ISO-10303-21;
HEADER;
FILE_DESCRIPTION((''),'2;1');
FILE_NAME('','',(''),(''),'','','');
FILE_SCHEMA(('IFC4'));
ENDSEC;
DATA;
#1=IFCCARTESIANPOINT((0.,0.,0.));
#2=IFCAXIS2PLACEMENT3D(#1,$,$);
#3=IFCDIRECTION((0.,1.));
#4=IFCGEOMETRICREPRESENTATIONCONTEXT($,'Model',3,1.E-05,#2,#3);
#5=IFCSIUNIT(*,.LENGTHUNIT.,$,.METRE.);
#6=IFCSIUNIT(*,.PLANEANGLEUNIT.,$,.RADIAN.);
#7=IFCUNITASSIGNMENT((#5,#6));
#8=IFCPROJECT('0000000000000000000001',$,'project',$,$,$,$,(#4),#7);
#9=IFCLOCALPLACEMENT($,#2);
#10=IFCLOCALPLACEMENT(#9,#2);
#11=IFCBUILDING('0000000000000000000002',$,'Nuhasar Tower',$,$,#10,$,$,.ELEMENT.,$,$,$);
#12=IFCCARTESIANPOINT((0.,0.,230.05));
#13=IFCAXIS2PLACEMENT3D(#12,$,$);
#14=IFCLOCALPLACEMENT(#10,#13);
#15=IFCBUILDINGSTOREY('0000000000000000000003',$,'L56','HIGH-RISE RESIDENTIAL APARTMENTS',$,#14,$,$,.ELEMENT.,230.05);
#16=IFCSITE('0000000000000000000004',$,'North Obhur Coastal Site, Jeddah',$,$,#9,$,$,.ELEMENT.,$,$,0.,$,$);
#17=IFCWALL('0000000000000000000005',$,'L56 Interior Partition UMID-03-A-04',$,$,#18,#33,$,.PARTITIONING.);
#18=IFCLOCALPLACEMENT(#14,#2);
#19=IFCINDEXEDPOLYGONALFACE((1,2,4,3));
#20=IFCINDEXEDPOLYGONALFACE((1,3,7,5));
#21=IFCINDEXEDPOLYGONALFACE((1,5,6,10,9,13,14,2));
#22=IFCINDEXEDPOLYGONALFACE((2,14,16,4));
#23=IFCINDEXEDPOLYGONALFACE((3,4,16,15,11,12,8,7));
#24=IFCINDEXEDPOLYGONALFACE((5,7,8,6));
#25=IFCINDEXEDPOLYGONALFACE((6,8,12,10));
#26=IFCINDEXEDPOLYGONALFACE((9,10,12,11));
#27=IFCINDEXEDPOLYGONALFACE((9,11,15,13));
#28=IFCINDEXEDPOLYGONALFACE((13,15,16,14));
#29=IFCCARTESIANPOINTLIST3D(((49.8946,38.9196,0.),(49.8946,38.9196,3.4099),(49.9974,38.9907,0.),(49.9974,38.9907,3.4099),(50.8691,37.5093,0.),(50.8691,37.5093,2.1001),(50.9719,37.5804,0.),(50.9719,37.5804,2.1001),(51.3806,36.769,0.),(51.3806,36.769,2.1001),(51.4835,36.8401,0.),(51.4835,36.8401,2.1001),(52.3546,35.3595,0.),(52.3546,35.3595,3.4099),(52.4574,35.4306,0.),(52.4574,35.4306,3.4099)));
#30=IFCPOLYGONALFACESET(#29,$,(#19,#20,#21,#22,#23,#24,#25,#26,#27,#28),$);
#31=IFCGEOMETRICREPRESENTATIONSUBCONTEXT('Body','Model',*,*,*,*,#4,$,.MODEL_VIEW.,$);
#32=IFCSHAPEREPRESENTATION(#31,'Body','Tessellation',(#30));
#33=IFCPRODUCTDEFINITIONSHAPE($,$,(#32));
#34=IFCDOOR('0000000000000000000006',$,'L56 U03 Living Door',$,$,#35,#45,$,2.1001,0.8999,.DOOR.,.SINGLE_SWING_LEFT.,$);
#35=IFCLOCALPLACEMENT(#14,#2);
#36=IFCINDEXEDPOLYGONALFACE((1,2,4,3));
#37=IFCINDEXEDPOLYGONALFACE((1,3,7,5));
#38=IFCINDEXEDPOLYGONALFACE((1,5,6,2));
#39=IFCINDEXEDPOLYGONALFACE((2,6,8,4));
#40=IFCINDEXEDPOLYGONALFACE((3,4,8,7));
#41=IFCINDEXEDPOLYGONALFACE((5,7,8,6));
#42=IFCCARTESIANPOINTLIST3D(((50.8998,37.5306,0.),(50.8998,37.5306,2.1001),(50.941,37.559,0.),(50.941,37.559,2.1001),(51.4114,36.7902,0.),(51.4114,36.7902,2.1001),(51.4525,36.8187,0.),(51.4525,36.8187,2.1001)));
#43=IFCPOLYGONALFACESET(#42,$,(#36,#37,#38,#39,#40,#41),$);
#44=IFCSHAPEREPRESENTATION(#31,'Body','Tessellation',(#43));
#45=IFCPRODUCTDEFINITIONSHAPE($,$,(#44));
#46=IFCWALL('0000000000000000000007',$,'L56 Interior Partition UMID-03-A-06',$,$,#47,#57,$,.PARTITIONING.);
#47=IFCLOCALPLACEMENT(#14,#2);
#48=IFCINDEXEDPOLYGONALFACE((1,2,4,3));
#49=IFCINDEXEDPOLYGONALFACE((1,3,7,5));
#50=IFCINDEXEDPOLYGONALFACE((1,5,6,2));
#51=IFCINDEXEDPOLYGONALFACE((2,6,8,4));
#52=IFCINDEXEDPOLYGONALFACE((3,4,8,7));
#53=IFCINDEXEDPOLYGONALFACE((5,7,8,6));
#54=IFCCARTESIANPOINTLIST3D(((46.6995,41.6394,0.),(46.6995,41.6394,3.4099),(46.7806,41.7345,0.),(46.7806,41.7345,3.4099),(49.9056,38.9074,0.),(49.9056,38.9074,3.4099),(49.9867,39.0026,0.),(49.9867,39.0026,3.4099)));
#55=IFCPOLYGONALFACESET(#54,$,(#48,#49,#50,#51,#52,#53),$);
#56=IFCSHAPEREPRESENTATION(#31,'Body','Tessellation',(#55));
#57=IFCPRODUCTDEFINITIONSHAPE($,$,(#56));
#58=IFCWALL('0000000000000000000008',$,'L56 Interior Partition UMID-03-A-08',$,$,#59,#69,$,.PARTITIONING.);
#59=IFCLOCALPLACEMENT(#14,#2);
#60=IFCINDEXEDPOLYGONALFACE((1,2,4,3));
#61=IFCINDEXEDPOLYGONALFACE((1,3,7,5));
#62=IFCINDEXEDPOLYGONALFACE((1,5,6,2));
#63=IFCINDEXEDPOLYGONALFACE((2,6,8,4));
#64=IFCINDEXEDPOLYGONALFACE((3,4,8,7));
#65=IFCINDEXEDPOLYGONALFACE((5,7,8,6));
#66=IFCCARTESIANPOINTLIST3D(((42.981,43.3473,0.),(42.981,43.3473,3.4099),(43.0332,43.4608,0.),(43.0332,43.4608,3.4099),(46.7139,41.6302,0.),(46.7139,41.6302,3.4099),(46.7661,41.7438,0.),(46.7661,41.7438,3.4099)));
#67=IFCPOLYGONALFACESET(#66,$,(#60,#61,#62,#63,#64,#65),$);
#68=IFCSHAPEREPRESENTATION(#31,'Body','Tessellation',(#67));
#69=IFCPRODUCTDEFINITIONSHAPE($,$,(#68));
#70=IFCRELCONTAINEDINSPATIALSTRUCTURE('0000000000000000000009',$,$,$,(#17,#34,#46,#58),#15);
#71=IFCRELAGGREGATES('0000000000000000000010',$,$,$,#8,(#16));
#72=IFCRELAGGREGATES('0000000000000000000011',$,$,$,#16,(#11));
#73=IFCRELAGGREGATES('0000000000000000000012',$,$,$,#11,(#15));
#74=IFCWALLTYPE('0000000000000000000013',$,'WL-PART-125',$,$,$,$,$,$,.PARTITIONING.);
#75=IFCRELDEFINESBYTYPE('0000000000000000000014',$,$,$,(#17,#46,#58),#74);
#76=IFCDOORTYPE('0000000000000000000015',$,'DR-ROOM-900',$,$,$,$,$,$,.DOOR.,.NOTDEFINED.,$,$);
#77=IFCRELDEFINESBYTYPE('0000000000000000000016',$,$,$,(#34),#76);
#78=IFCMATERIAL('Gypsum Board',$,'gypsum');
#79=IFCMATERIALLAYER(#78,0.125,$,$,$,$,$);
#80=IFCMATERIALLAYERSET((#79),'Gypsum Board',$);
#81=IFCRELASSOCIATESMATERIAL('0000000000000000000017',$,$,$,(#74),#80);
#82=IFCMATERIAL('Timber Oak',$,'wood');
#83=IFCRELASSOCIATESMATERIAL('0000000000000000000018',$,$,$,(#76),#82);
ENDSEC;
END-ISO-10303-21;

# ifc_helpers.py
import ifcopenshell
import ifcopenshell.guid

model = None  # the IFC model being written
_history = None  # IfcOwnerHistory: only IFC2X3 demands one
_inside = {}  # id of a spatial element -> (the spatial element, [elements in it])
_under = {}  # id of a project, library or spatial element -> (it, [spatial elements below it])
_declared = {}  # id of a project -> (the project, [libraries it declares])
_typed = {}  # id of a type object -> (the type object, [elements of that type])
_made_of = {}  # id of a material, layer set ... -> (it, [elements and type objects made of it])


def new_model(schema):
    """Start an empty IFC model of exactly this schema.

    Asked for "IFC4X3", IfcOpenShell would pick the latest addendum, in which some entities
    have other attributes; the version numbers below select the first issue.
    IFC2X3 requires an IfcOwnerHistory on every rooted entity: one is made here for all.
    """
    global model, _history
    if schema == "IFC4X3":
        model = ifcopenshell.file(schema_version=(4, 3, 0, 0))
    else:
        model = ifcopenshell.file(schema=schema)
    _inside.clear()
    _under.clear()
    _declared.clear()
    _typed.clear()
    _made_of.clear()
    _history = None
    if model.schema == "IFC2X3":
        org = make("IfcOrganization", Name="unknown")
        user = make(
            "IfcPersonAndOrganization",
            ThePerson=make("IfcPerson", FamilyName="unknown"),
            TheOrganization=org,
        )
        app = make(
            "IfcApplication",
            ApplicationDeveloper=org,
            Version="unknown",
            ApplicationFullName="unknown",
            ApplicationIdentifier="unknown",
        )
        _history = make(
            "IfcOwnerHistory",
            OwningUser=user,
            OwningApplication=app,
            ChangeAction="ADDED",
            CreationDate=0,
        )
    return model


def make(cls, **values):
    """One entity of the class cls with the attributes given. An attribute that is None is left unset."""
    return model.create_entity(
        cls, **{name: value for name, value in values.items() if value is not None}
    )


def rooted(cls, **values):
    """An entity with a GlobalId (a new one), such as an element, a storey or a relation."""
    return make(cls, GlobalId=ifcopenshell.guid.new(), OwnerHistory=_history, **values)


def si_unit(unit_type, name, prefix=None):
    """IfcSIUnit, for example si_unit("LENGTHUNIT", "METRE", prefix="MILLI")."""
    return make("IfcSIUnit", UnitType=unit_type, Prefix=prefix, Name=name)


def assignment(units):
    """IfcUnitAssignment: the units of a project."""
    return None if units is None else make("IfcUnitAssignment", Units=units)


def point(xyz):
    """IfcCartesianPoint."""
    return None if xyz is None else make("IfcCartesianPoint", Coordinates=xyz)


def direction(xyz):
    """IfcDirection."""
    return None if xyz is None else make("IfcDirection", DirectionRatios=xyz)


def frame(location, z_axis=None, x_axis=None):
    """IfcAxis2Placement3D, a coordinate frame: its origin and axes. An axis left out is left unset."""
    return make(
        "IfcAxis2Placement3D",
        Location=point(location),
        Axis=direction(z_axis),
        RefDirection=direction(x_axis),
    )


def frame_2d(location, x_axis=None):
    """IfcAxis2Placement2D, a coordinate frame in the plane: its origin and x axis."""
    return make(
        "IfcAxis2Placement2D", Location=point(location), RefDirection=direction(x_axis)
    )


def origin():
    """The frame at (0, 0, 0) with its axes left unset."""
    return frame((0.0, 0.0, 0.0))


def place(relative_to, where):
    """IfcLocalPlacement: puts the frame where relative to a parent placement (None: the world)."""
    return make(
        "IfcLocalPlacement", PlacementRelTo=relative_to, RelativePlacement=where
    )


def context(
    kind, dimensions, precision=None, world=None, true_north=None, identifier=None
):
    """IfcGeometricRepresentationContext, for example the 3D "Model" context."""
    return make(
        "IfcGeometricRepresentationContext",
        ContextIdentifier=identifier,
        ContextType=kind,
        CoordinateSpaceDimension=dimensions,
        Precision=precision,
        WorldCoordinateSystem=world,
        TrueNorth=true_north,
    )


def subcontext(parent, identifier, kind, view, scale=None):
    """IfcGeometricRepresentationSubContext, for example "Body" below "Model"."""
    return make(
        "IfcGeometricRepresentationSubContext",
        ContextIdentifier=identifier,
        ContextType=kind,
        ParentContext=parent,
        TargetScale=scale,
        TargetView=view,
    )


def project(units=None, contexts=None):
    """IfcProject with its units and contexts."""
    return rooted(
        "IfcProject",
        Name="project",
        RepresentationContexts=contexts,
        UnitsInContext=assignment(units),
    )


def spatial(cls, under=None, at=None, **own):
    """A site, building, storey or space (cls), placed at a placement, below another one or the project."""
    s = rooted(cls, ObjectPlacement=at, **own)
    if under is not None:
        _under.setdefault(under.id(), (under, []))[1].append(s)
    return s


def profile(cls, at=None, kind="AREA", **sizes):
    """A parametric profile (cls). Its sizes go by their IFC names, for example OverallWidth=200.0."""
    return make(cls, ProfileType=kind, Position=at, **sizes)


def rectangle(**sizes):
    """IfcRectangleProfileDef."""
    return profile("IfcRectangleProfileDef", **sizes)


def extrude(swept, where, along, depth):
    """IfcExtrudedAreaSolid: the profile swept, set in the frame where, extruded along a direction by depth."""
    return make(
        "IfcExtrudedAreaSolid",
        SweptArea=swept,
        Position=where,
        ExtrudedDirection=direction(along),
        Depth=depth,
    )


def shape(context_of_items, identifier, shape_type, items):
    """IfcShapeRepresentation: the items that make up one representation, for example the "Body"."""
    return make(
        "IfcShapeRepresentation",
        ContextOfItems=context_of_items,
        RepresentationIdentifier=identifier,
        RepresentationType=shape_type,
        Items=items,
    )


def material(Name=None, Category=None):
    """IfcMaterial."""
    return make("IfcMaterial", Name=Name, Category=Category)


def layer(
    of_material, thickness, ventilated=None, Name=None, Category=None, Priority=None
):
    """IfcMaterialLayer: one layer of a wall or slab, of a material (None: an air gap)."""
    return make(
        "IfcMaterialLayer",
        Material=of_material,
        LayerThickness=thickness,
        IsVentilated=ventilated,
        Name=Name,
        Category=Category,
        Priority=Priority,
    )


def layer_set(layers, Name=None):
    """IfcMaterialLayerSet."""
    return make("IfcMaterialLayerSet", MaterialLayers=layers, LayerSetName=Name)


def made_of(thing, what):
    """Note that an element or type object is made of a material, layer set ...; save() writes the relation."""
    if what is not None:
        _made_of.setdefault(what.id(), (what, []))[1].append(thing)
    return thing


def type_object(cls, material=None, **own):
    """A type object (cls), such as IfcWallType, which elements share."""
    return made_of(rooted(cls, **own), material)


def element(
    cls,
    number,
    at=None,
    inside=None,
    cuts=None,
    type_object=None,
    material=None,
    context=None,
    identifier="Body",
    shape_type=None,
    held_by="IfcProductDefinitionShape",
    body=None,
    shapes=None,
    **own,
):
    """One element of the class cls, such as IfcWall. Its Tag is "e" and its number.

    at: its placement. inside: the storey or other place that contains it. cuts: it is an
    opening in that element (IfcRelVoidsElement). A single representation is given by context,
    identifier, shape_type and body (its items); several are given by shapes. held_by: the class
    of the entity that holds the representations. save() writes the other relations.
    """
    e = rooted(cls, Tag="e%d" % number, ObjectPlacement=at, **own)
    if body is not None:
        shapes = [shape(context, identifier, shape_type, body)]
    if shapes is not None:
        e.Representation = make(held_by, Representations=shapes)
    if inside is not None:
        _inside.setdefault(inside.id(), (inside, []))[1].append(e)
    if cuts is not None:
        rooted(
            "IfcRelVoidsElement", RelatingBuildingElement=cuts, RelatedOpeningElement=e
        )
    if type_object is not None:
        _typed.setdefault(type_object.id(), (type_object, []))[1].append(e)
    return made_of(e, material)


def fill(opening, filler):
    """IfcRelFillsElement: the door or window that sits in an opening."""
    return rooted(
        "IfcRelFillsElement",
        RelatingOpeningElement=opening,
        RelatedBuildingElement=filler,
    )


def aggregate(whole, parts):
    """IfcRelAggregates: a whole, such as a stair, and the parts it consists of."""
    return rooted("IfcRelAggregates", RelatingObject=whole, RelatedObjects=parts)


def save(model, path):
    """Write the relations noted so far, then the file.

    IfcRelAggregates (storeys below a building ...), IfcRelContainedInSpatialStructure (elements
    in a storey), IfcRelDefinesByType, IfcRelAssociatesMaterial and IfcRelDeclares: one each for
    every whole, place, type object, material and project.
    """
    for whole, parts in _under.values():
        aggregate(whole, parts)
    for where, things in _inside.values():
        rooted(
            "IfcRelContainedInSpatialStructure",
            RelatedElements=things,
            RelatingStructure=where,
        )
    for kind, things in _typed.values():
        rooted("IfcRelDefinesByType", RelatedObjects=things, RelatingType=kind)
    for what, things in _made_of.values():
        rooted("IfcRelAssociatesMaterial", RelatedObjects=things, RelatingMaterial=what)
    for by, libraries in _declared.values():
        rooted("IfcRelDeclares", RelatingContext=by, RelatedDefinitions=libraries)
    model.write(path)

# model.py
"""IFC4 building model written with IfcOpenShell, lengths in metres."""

from ifc_helpers import new_model, si_unit, direction, frame, frame_2d, origin, place, context, subcontext, project, spatial, rectangle, extrude, material, layer, layer_set, type_object, element, fill, save


model = new_model("IFC4")

# Units and contexts
model_context = context("Model", 3, precision=1e-05, world=origin(), true_north=direction((0.0, 1.0)))
body_context = subcontext(model_context, "Body", "Model", "MODEL_VIEW")
ifc_project = project(units=[si_unit("LENGTHUNIT", "METRE"), si_unit("PLANEANGLEUNIT", "RADIAN")], contexts=[model_context])

# Site, building, storey
site_placement = place(None, origin())
site = spatial("IfcSite", under=ifc_project, at=site_placement, Name="North Obhur Coastal Site, Jeddah", CompositionType="ELEMENT", RefElevation=0.0)
building_placement = place(site_placement, origin())
building = spatial("IfcBuilding", under=site, at=building_placement, Name="Nuhasar Tower", CompositionType="ELEMENT")
storey_placement = place(building_placement, frame((0.0, 0.0, 230.05)))
storey = spatial("IfcBuildingStorey", under=building, at=storey_placement, Name="L56", Description="HIGH-RISE RESIDENTIAL APARTMENTS", CompositionType="ELEMENT", Elevation=230.05)

# Shared definitions
ifc_material_1 = material(Name="Gypsum Board", Category="gypsum")
ifc_material_2 = material(Name="Timber Oak", Category="wood")

# Wall, opening, door
ifc_layer_1 = layer(ifc_material_1, 0.125)
ifc_layer_set_1 = layer_set([ifc_layer_1], Name="Gypsum Board")
wall_type_1 = type_object("IfcWallType", Name="WL-PART-125", PredefinedType="PARTITIONING", material=ifc_layer_set_1)
wall_1_placement = place(storey_placement, frame((49.946, 38.9551, 0.0), z_axis=(0.0, 0.0, 1.0), x_axis=(0.568476, -0.8227, 0.0)))
wall_1 = element("IfcWall", 1, at=wall_1_placement, inside=storey, type_object=wall_type_1, Name="L56 Interior Partition UMID-03-A-04", PredefinedType="PARTITIONING", context=body_context, shape_type="SweptSolid", body=[
    extrude(rectangle(XDim=4.3274, YDim=0.125, at=frame_2d((2.1636, 0.0))), origin(), (0.0, 0.0, 1.0), 3.4099),
])
opening_1_placement = place(wall_1_placement, frame((1.7141, 0.0, 0.0)))
opening_1 = element("IfcOpeningElement", 2, at=opening_1_placement, cuts=wall_1, PredefinedType="OPENING", context=body_context, shape_type="SweptSolid", body=[
    extrude(rectangle(XDim=0.8999, YDim=2.1001, at=frame_2d((0.45, 1.05))), frame((0.0, 0.0725, 0.0), z_axis=(0.0, -1.0, 0.0), x_axis=(1.0, 0.0, 0.0)), (0.0, 0.0, 1.0), 0.145),
])
door_type_1 = type_object("IfcDoorType", Name="DR-ROOM-900", OperationType="NOTDEFINED", PredefinedType="DOOR", material=ifc_material_2)
door_1_placement = place(opening_1_placement, origin())
door_1 = element("IfcDoor", 3, at=door_1_placement, inside=storey, type_object=door_type_1, Name="L56 U03 Living Door", OperationType="SINGLE_SWING_LEFT", OverallHeight=2.1001, OverallWidth=0.8999, PredefinedType="DOOR", context=body_context, shape_type="SweptSolid", body=[
    extrude(rectangle(XDim=0.8999, YDim=2.1001, at=frame_2d((0.45, 1.05))), frame((0.0, 0.0249, 0.0), z_axis=(0.0, -1.0, 0.0), x_axis=(1.0, 0.0, 0.0)), (0.0, 0.0, 1.0), 0.05),
])
fill(opening_1, door_1)

# Walls
wall_2_placement = place(storey_placement, frame((49.946, 38.9551, 0.0), z_axis=(0.0, 0.0, 1.0), x_axis=(-0.761144, 0.648583, 0.0)))
element("IfcWall", 4, at=wall_2_placement, inside=storey, type_object=wall_type_1, Name="L56 Interior Partition UMID-03-A-06", PredefinedType="PARTITIONING", context=body_context, shape_type="SweptSolid", body=[
    extrude(rectangle(XDim=4.2122, YDim=0.125, at=frame_2d((2.106, 0.0))), origin(), (0.0, 0.0, 1.0), 3.4099),
])
wall_3_placement = place(storey_placement, frame((46.74, 41.687, 0.0), z_axis=(0.0, 0.0, 1.0), x_axis=(-0.908499, 0.417886, 0.0)))
element("IfcWall", 5, at=wall_3_placement, inside=storey, type_object=wall_type_1, Name="L56 Interior Partition UMID-03-A-08", PredefinedType="PARTITIONING", context=body_context, shape_type="SweptSolid", body=[
    extrude(rectangle(XDim=4.1089, YDim=0.125, at=frame_2d((2.0544, 0.0))), origin(), (0.0, 0.0, 1.0), 3.4099),
])

save(model, "model.ifc")
